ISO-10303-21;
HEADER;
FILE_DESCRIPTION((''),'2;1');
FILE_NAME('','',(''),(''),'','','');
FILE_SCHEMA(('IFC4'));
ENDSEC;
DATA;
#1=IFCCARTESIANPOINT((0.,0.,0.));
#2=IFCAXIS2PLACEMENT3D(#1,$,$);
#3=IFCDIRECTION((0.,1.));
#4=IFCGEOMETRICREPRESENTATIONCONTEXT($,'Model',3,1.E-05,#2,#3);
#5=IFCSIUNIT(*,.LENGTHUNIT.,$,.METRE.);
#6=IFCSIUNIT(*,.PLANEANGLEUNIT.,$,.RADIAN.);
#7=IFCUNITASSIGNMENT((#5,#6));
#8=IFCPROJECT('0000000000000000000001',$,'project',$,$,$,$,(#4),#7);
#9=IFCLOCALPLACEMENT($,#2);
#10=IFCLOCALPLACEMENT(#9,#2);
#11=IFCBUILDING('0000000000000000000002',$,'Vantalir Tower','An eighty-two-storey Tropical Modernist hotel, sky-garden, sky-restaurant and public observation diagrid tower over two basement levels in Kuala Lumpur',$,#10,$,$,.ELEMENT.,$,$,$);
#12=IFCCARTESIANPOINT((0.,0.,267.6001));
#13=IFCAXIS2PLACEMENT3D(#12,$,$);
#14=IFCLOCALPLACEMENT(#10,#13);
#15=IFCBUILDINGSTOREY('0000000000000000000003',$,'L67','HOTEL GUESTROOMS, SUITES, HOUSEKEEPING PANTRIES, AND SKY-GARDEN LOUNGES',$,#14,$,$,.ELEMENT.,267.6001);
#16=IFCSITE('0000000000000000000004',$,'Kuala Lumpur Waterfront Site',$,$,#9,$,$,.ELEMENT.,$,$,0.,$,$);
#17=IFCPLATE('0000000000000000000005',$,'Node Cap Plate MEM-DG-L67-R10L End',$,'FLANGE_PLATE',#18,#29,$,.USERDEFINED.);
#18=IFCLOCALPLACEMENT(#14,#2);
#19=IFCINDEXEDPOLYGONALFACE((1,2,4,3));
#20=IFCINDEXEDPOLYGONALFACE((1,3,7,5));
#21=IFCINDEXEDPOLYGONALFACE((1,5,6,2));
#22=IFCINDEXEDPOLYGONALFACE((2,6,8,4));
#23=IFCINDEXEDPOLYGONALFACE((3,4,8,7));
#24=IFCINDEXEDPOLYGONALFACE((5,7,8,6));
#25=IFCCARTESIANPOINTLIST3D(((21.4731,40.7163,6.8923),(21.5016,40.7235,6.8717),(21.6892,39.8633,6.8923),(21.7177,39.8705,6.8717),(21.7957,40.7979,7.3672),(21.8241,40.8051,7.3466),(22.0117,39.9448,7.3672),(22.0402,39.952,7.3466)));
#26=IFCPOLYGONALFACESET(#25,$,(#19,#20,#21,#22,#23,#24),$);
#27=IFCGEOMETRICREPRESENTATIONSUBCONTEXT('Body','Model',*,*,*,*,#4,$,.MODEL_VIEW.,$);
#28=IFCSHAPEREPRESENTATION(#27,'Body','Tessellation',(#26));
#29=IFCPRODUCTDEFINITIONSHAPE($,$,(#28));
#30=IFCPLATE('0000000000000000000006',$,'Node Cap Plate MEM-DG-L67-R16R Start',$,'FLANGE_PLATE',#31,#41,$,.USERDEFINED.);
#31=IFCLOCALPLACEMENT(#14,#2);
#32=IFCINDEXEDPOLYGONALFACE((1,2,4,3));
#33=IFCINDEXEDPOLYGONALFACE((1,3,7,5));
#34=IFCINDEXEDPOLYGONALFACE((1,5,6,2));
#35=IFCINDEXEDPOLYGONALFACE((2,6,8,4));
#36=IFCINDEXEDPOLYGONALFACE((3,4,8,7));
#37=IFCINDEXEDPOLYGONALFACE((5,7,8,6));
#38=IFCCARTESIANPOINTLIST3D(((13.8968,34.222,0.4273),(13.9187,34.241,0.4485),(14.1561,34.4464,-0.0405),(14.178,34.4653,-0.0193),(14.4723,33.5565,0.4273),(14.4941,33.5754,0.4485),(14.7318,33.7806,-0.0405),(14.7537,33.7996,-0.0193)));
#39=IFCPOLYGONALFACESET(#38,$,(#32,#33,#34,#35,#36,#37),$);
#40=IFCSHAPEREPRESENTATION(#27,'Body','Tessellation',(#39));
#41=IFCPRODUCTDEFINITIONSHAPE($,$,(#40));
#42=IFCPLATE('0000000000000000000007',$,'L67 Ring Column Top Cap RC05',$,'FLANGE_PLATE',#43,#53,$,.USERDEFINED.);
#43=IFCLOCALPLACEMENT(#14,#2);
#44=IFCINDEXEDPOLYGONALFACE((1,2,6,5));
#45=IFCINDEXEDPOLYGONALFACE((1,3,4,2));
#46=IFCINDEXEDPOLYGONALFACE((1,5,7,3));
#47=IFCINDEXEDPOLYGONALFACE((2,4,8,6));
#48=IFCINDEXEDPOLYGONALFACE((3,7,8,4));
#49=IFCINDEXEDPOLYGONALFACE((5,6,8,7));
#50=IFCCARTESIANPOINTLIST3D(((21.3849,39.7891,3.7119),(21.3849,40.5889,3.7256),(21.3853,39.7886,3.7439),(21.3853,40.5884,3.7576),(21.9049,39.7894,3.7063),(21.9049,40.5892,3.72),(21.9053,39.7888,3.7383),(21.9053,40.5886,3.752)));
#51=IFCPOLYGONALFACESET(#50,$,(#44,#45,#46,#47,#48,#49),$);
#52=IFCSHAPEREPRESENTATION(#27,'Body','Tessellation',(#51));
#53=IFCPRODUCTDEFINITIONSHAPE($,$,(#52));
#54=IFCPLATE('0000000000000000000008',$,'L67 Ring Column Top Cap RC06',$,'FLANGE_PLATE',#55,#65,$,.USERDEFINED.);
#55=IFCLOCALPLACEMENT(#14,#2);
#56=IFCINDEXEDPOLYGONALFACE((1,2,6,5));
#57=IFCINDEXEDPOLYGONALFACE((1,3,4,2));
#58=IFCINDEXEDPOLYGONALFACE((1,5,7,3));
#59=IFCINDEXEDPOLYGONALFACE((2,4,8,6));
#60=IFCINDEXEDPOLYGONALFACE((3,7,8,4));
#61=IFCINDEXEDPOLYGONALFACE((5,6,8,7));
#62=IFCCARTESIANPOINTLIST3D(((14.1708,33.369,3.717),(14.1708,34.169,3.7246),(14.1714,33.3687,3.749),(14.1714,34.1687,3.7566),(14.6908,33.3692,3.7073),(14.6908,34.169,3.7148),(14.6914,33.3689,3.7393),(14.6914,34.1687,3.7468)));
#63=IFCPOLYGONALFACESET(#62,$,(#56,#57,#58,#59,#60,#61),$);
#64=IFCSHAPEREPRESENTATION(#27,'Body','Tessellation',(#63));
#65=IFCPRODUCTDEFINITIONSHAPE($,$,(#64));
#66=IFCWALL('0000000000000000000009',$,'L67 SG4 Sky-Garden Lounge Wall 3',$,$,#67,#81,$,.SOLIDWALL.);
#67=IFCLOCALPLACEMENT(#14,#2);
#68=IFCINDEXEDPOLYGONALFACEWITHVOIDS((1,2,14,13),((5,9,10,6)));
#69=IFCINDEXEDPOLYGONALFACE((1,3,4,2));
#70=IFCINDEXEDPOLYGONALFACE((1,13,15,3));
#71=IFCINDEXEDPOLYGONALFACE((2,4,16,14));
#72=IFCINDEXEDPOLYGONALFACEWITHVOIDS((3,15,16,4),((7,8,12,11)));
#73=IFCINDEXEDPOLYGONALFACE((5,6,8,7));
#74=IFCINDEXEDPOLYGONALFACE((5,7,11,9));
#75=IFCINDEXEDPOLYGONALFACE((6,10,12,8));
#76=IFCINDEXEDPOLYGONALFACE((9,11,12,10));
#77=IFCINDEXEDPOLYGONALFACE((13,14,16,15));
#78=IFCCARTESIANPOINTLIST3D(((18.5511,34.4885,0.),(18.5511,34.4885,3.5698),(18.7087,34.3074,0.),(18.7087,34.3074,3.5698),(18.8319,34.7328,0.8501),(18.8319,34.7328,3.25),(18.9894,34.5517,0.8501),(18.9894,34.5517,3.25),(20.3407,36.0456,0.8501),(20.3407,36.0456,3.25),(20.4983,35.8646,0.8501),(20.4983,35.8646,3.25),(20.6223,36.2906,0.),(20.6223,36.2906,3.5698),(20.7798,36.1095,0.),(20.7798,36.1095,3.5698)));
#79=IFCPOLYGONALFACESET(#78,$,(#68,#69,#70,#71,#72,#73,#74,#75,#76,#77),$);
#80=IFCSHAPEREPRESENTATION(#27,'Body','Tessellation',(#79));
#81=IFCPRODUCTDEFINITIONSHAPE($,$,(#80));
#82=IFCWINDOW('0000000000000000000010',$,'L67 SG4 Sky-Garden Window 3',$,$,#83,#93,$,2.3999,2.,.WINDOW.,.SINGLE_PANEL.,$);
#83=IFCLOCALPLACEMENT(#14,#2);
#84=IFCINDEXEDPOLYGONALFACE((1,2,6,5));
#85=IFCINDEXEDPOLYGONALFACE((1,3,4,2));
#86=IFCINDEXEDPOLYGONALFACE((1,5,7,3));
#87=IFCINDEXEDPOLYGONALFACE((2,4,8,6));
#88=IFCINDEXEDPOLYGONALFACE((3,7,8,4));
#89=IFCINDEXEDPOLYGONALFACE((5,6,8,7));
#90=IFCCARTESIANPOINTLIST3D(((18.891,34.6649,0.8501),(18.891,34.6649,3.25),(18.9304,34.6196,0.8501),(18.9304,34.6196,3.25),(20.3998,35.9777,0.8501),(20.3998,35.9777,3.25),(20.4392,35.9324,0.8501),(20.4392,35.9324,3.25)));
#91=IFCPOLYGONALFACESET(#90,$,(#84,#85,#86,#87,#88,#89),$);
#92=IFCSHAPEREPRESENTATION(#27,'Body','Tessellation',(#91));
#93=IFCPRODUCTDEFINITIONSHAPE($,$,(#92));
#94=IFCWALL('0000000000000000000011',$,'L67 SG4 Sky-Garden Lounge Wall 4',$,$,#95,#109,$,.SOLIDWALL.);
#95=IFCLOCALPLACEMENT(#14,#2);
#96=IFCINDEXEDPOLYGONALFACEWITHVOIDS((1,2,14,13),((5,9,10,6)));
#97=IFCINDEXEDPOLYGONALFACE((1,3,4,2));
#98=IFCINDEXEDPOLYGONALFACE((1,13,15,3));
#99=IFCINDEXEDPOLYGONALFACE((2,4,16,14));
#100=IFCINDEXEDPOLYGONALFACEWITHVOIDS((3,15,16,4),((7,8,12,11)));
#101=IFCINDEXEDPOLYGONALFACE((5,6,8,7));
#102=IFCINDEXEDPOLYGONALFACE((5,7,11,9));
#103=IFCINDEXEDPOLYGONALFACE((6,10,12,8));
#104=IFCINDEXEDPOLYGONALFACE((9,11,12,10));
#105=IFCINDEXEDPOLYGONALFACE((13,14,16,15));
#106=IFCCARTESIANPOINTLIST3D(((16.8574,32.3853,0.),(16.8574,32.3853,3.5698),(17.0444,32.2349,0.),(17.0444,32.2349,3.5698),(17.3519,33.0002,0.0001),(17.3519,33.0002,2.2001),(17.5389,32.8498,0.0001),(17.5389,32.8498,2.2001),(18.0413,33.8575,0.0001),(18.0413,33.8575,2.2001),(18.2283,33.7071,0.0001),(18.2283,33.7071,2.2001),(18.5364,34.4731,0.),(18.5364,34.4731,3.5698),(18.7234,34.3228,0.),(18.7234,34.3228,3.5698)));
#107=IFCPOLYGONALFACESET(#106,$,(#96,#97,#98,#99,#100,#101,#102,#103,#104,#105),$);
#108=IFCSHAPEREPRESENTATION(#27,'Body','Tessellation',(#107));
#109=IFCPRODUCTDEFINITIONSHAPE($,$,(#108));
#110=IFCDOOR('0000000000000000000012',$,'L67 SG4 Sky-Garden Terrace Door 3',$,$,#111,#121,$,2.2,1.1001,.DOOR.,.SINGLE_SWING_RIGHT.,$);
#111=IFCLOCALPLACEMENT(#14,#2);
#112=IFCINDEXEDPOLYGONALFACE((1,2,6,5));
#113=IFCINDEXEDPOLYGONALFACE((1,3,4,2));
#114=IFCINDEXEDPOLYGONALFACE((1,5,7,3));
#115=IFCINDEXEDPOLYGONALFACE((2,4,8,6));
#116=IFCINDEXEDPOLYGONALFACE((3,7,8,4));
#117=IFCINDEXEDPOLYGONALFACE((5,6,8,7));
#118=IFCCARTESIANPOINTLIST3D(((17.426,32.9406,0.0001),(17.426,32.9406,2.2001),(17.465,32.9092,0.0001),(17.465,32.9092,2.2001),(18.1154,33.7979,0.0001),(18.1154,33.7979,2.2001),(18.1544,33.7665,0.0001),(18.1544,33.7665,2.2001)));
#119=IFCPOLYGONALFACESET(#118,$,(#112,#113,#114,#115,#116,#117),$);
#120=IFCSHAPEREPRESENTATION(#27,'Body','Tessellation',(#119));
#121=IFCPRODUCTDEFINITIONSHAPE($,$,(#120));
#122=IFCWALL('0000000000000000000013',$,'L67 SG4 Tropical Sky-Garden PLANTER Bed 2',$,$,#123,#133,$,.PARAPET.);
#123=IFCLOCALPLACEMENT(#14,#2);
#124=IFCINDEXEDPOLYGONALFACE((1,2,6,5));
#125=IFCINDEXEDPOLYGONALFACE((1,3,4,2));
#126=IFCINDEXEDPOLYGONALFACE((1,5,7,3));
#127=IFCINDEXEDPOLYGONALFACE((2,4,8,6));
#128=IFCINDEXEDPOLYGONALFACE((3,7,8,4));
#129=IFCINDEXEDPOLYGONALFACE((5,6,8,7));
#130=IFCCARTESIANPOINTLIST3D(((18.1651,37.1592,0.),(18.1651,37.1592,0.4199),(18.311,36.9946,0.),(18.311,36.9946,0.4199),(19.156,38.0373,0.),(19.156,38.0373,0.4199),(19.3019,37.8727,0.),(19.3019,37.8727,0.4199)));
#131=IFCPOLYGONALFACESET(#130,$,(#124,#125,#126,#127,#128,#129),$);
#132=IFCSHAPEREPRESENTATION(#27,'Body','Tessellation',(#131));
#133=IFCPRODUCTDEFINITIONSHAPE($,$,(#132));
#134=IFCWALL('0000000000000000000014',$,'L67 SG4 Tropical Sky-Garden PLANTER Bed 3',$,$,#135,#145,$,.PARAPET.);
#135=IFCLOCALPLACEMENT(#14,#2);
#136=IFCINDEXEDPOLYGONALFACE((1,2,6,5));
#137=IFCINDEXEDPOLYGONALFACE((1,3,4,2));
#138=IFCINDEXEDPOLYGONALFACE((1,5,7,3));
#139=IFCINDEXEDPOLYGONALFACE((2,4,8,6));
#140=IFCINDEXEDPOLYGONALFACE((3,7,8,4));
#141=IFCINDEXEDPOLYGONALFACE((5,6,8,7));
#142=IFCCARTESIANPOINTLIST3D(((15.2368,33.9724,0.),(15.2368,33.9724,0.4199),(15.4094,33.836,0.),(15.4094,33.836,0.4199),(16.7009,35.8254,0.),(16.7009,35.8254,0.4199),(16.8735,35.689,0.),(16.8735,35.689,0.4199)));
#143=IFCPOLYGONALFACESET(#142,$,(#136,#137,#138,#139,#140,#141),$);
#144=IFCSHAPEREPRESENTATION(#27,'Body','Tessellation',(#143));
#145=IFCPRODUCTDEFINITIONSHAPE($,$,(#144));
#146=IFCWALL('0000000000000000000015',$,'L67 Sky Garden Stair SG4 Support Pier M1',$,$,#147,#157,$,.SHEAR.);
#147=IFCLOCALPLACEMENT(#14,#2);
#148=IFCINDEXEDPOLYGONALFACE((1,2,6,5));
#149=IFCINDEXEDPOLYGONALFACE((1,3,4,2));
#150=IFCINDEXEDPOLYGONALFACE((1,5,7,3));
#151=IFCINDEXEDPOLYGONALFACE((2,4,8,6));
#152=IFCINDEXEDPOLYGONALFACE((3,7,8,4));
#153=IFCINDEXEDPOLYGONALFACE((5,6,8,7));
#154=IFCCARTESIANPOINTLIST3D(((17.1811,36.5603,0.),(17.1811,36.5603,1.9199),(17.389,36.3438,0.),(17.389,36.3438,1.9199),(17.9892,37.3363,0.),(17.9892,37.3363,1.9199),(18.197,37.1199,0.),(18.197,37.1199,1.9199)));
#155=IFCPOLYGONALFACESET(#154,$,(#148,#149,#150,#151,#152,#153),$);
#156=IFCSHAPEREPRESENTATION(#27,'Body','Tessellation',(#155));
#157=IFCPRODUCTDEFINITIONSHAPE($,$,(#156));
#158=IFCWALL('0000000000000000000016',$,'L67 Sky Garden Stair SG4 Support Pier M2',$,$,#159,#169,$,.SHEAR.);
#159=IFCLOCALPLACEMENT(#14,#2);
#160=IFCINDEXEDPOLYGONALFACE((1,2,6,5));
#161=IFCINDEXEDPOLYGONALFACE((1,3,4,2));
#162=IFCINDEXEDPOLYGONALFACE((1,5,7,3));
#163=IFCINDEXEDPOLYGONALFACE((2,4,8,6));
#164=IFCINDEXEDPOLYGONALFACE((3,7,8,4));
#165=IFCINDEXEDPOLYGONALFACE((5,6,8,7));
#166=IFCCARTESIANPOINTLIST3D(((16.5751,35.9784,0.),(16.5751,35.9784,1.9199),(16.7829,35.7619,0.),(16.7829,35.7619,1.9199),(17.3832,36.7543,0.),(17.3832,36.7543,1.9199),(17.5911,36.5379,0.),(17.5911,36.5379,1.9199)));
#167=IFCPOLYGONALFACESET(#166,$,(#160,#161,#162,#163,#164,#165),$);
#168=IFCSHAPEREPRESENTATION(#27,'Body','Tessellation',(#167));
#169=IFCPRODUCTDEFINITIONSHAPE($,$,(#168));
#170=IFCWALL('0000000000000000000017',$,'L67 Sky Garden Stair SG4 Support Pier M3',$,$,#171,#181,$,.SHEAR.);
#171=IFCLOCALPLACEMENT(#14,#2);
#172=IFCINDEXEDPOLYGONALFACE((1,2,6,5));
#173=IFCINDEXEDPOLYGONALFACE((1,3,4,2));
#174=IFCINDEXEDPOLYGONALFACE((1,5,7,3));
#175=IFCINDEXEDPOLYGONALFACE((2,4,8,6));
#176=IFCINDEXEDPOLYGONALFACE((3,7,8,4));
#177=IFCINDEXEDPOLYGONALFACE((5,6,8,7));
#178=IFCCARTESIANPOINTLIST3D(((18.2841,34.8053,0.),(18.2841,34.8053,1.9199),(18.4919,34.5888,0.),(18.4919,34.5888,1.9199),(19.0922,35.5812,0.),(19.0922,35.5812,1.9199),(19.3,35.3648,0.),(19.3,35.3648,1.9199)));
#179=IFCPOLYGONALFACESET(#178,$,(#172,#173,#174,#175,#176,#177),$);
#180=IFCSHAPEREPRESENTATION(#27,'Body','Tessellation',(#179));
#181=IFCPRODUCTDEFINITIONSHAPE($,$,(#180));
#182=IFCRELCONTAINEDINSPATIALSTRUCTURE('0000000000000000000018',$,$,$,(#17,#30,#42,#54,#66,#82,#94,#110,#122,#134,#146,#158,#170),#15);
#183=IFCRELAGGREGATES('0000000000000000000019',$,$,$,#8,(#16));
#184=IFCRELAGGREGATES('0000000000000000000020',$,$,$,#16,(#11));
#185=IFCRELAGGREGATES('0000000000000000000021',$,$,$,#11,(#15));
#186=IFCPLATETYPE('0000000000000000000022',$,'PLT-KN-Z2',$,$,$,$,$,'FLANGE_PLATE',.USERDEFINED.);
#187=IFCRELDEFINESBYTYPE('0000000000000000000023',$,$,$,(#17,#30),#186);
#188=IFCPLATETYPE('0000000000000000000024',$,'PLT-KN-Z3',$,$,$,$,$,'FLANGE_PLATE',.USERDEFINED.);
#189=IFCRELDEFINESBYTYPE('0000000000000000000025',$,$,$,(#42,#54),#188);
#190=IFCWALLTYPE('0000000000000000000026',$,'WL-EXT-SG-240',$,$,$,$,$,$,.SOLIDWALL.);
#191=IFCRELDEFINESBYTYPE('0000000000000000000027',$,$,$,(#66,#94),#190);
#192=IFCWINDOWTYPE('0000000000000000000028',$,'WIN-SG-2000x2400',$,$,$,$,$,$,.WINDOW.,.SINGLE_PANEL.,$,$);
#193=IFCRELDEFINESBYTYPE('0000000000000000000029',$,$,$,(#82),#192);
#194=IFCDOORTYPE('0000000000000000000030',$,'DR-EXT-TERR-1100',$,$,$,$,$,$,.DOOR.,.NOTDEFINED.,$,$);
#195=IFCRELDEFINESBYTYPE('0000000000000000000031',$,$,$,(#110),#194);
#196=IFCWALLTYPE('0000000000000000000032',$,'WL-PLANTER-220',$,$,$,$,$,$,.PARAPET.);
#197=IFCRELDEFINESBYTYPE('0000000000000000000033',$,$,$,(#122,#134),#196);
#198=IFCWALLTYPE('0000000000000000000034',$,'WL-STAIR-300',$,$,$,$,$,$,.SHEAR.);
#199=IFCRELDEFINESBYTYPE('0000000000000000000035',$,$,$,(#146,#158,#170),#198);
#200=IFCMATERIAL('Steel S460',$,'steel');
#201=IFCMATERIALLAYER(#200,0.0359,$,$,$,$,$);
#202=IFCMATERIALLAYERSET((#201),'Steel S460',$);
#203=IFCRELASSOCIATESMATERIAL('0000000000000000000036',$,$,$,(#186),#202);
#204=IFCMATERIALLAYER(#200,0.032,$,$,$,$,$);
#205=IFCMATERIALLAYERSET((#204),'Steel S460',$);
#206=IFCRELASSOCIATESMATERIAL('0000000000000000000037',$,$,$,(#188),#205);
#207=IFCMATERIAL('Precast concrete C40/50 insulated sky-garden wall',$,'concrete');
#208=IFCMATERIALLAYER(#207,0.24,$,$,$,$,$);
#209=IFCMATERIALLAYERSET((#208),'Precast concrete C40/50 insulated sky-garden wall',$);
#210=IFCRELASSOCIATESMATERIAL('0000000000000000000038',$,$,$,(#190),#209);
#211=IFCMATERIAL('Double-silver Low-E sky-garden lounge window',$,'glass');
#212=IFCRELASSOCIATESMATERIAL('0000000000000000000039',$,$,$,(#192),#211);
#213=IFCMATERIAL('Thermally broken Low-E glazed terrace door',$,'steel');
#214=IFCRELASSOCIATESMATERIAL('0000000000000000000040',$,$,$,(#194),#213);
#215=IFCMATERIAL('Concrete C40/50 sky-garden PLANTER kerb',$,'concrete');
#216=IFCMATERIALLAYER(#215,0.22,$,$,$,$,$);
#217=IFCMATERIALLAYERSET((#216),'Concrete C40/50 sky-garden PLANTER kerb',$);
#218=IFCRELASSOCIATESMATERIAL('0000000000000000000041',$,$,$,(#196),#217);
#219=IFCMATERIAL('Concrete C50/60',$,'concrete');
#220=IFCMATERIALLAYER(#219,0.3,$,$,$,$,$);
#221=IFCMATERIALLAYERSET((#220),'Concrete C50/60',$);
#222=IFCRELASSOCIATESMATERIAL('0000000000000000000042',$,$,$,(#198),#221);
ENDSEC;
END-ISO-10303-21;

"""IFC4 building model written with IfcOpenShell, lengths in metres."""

from ifc_helpers import new_model, si_unit, direction, frame, frame_2d, origin, place, context, subcontext, project, spatial, polyline, rectangle, outline, extrude, material, layer, layer_set, type_object, element, fill, save


model = new_model("IFC4")

# Units and contexts
model_context = context("Model", 3, precision=1e-05, world=origin(), true_north=direction((0.0, 1.0)))
body_context = subcontext(model_context, "Body", "Model", "MODEL_VIEW")
ifc_project = project(units=[si_unit("LENGTHUNIT", "METRE"), si_unit("PLANEANGLEUNIT", "RADIAN")], contexts=[model_context])

# Site, building, storey
site_placement = place(None, origin())
site = spatial("IfcSite", under=ifc_project, at=site_placement, Name="Kuala Lumpur Waterfront Site", CompositionType="ELEMENT", RefElevation=0.0)
building_placement = place(site_placement, origin())
building = spatial("IfcBuilding", under=site, at=building_placement, Name="Vantalir Tower", Description="An eighty-two-storey Tropical Modernist hotel, sky-garden, sky-restaurant and public observation diagrid tower over two basement levels in Kuala Lumpur", CompositionType="ELEMENT")
storey_placement = place(building_placement, frame((0.0, 0.0, 267.6001)))
storey = spatial("IfcBuildingStorey", under=building, at=storey_placement, Name="L67", Description="HOTEL GUESTROOMS, SUITES, HOUSEKEEPING PANTRIES, AND SKY-GARDEN LOUNGES", CompositionType="ELEMENT", Elevation=267.6001)

# Shared definitions
ifc_material_1 = material(Name="Steel S460", Category="steel")

# Plates
ifc_layer_1 = layer(ifc_material_1, 0.0359)
ifc_layer_set_1 = layer_set([ifc_layer_1], Name="Steel S460")
plate_type_1 = type_object("IfcPlateType", Name="PLT-KN-Z2", ElementType="FLANGE_PLATE", PredefinedType="USERDEFINED", material=ifc_layer_set_1)
plate_1_placement = place(storey_placement, frame((21.4731, 40.7163, 6.8923), z_axis=(-0.793948, -0.2011, 0.573765), x_axis=(0.245537, -0.969387, 0.0)))
element("IfcPlate", 1, at=plate_1_placement, inside=storey, type_object=plate_type_1, Name="Node Cap Plate MEM-DG-L67-R10L End", ObjectType="FLANGE_PLATE", PredefinedType="USERDEFINED", context=body_context, shape_type="SweptSolid", body=[
    extrude(outline(polyline([(0.0, 0.0), (0.88, 0.0), (0.8801, 0.5798), (0.0001, 0.5798), (0.0, 0.0)])), origin(), (0.0, 0.0, -1.0), 0.0359),
])
plate_2_placement = place(storey_placement, frame((14.7537, 33.7996, -0.0193), z_axis=(0.610086, 0.527518, 0.591202), x_axis=(-0.654068, 0.756436, 0.000007)))
element("IfcPlate", 2, at=plate_2_placement, inside=storey, type_object=plate_type_1, Name="Node Cap Plate MEM-DG-L67-R16R Start", ObjectType="FLANGE_PLATE", PredefinedType="USERDEFINED", context=body_context, shape_type="SweptSolid", body=[
    extrude(outline(polyline([(0.0, 0.0), (0.8801, 0.0), (0.88, 0.58), (0.0002, 0.58), (0.0, 0.0)])), origin(), (0.0, 0.0, -1.0), 0.0359),
])
ifc_layer_2 = layer(ifc_material_1, 0.032)
ifc_layer_set_2 = layer_set([ifc_layer_2], Name="Steel S460")
plate_type_2 = type_object("IfcPlateType", Name="PLT-KN-Z3", ElementType="FLANGE_PLATE", PredefinedType="USERDEFINED", material=ifc_layer_set_2)
plate_3_placement = place(storey_placement, frame((21.3853, 40.5884, 3.7576), z_axis=(0.010804, -0.017091, 0.999796), x_axis=(0.0, -0.999854, -0.017092)))
element("IfcPlate", 3, at=plate_3_placement, inside=storey, type_object=plate_type_2, Name="L67 Ring Column Top Cap RC05", ObjectType="FLANGE_PLATE", PredefinedType="USERDEFINED", context=body_context, shape_type="SweptSolid", body=[
    extrude(outline(polyline([(0.0, 0.0), (0.7999, 0.0), (0.7998, 0.52), (-0.0001, 0.52), (0.0, 0.0)])), origin(), (0.0, 0.0, -1.0), 0.032),
])
plate_4_placement = place(storey_placement, frame((14.1714, 34.1687, 3.7566), z_axis=(0.018777, -0.009459, 0.999779), x_axis=(0.0, -0.999955, -0.009461)))
element("IfcPlate", 4, at=plate_4_placement, inside=storey, type_object=plate_type_2, Name="L67 Ring Column Top Cap RC06", ObjectType="FLANGE_PLATE", PredefinedType="USERDEFINED", context=body_context, shape_type="SweptSolid", body=[
    extrude(outline(polyline([(0.0, 0.0), (0.8001, 0.0), (0.7999, 0.5201), (0.0001, 0.5201), (0.0, 0.0)])), origin(), (0.0, 0.0, -1.0), 0.032),
])

# Wall, opening, window
ifc_material_2 = material(Name="Precast concrete C40/50 insulated sky-garden wall", Category="concrete")
ifc_layer_3 = layer(ifc_material_2, 0.24)
ifc_layer_set_3 = layer_set([ifc_layer_3], Name="Precast concrete C40/50 insulated sky-garden wall")
wall_type_1 = type_object("IfcWallType", Name="WL-EXT-SG-240", PredefinedType="SOLIDWALL", material=ifc_layer_set_3)
wall_1_placement = place(storey_placement, frame((20.7009, 36.2, 0.0), z_axis=(0.0, 0.0, 1.0), x_axis=(-0.754408, -0.656405, 0.0)))
wall_1 = element("IfcWall", 5, at=wall_1_placement, inside=storey, type_object=wall_type_1, Name="L67 SG4 Sky-Garden Lounge Wall 3", PredefinedType="SOLIDWALL", context=body_context, shape_type="SweptSolid", body=[
    extrude(rectangle(XDim=2.7454, YDim=0.24, at=frame_2d((1.3726, 0.0))), origin(), (0.0, 0.0, 1.0), 3.5698),
])
opening_1_placement = place(wall_1_placement, frame((0.373, 0.0, 0.8501)))
opening_1 = element("IfcOpeningElement", 6, at=opening_1_placement, cuts=wall_1, PredefinedType="OPENING", context=body_context, shape_type="SweptSolid", body=[
    extrude(rectangle(XDim=2.0, YDim=2.3999, at=frame_2d((1.0, 1.2))), frame((0.0, 0.1299, 0.0), z_axis=(0.0, -1.0, 0.0), x_axis=(1.0, 0.0, 0.0)), (0.0, 0.0, 1.0), 0.26),
])
ifc_material_3 = material(Name="Double-silver Low-E sky-garden lounge window", Category="glass")
window_type = type_object("IfcWindowType", Name="WIN-SG-2000x2400", PartitioningType="SINGLE_PANEL", PredefinedType="WINDOW", material=ifc_material_3)
window_placement = place(opening_1_placement, origin())
window = element("IfcWindow", 7, at=window_placement, inside=storey, type_object=window_type, Name="L67 SG4 Sky-Garden Window 3", OverallHeight=2.3999, OverallWidth=2.0, PartitioningType="SINGLE_PANEL", PredefinedType="WINDOW", context=body_context, shape_type="SweptSolid", body=[
    extrude(rectangle(XDim=2.0, YDim=2.3999, at=frame_2d((1.0, 1.2))), frame((0.0, 0.03, 0.0), z_axis=(0.0, -1.0, 0.0), x_axis=(1.0, 0.0, 0.0)), (0.0, 0.0, 1.0), 0.0601),
])
fill(opening_1, window)

# Wall, opening, door
wall_2_placement = place(storey_placement, frame((18.6299, 34.3979, 0.0), z_axis=(0.0, 0.0, 1.0), x_axis=(-0.62666, -0.779293, 0.0)))
wall_2 = element("IfcWall", 8, at=wall_2_placement, inside=storey, type_object=wall_type_1, Name="L67 SG4 Sky-Garden Lounge Wall 4", PredefinedType="SOLIDWALL", context=body_context, shape_type="SweptSolid", body=[
    extrude(rectangle(XDim=2.6792, YDim=0.24, at=frame_2d((1.3396, 0.0))), origin(), (0.0, 0.0, 1.0), 3.5698),
])
opening_2_placement = place(wall_2_placement, frame((0.79, 0.0, 0.0)))
opening_2 = element("IfcOpeningElement", 9, at=opening_2_placement, cuts=wall_2, PredefinedType="OPENING", context=body_context, shape_type="SweptSolid", body=[
    extrude(rectangle(XDim=1.1001, YDim=2.2, at=frame_2d((0.55, 1.1001))), frame((0.0, 0.1299, 0.0), z_axis=(0.0, -1.0, 0.0), x_axis=(1.0, 0.0, 0.0)), (0.0, 0.0, 1.0), 0.26),
])
ifc_material_4 = material(Name="Thermally broken Low-E glazed terrace door", Category="steel")
door_type = type_object("IfcDoorType", Name="DR-EXT-TERR-1100", OperationType="NOTDEFINED", PredefinedType="DOOR", material=ifc_material_4)
door_placement = place(opening_2_placement, frame((1.1001, 0.0, 0.0), z_axis=(0.0, 0.0, 1.0), x_axis=(-1.0, 0.0, 0.0)))
door = element("IfcDoor", 10, at=door_placement, inside=storey, type_object=door_type, Name="L67 SG4 Sky-Garden Terrace Door 3", OperationType="SINGLE_SWING_RIGHT", OverallHeight=2.2, OverallWidth=1.1001, PredefinedType="DOOR", context=body_context, shape_type="SweptSolid", body=[
    extrude(rectangle(XDim=1.1001, YDim=2.2, at=frame_2d((0.55, 1.1001))), frame((0.0, 0.0249, 0.0), z_axis=(0.0, -1.0, 0.0), x_axis=(1.0, 0.0, 0.0)), (0.0, 0.0, 1.0), 0.05),
])
fill(opening_2, door)

# Walls
ifc_material_5 = material(Name="Concrete C40/50 sky-garden PLANTER kerb", Category="concrete")
ifc_layer_4 = layer(ifc_material_5, 0.22)
ifc_layer_set_4 = layer_set([ifc_layer_4], Name="Concrete C40/50 sky-garden PLANTER kerb")
wall_type_2 = type_object("IfcWallType", Name="WL-PLANTER-220", PredefinedType="PARAPET", material=ifc_layer_set_4)
wall_3_placement = place(storey_placement, frame((19.229, 37.9551, 0.0), z_axis=(0.0, 0.0, 1.0), x_axis=(-0.748416, -0.66323, 0.0)))
element("IfcWall", 11, at=wall_3_placement, inside=storey, type_object=wall_type_2, Name="L67 SG4 Tropical Sky-Garden PLANTER Bed 2", PredefinedType="PARAPET", context=body_context, shape_type="SweptSolid", body=[
    extrude(rectangle(XDim=1.324, YDim=0.22, at=frame_2d((0.6621, 0.0))), origin(), (0.0, 0.0, 1.0), 0.4199),
])
wall_4_placement = place(storey_placement, frame((16.7871, 35.7571, 0.0), z_axis=(0.0, 0.0, 1.0), x_axis=(-0.619956, -0.784637, 0.0)))
element("IfcWall", 12, at=wall_4_placement, inside=storey, type_object=wall_type_2, Name="L67 SG4 Tropical Sky-Garden PLANTER Bed 3", PredefinedType="PARAPET", context=body_context, shape_type="SweptSolid", body=[
    extrude(rectangle(XDim=2.3616, YDim=0.22, at=frame_2d((1.1807, 0.0))), origin(), (0.0, 0.0, 1.0), 0.4199),
])
ifc_material_6 = material(Name="Concrete C50/60", Category="concrete")
ifc_layer_5 = layer(ifc_material_6, 0.3)
ifc_layer_set_5 = layer_set([ifc_layer_5], Name="Concrete C50/60")
wall_type_3 = type_object("IfcWallType", Name="WL-STAIR-300", PredefinedType="SHEAR", material=ifc_layer_set_5)
for number, where, z_axis, x_axis, name in (
    (13, (18.093, 37.228, 0.0), (0.0, 0.0, 1.0), (-0.721235, -0.692691, 0.0), "L67 Sky Garden Stair SG4 Support Pier M1"),
    (14, (17.4871, 36.646, 0.0), (0.0, 0.0, 1.0), (-0.721344, -0.692577, 0.0), "L67 Sky Garden Stair SG4 Support Pier M2"),
    (15, (19.196, 35.4729, 0.0), (0.0, 0.0, 1.0), (-0.721344, -0.692577, 0.0), "L67 Sky Garden Stair SG4 Support Pier M3"),
):
    element("IfcWall", number, at=place(storey_placement, frame(where, z_axis=z_axis, x_axis=x_axis)), inside=storey, type_object=wall_type_3, Name=name, PredefinedType="SHEAR", context=body_context, shape_type="SweptSolid", body=[
        extrude(rectangle(XDim=1.1204, YDim=0.3, at=frame_2d((0.5601, 0.0))), origin(), (0.0, 0.0, 1.0), 1.9199),
    ])

save(model, "model.ifc")
